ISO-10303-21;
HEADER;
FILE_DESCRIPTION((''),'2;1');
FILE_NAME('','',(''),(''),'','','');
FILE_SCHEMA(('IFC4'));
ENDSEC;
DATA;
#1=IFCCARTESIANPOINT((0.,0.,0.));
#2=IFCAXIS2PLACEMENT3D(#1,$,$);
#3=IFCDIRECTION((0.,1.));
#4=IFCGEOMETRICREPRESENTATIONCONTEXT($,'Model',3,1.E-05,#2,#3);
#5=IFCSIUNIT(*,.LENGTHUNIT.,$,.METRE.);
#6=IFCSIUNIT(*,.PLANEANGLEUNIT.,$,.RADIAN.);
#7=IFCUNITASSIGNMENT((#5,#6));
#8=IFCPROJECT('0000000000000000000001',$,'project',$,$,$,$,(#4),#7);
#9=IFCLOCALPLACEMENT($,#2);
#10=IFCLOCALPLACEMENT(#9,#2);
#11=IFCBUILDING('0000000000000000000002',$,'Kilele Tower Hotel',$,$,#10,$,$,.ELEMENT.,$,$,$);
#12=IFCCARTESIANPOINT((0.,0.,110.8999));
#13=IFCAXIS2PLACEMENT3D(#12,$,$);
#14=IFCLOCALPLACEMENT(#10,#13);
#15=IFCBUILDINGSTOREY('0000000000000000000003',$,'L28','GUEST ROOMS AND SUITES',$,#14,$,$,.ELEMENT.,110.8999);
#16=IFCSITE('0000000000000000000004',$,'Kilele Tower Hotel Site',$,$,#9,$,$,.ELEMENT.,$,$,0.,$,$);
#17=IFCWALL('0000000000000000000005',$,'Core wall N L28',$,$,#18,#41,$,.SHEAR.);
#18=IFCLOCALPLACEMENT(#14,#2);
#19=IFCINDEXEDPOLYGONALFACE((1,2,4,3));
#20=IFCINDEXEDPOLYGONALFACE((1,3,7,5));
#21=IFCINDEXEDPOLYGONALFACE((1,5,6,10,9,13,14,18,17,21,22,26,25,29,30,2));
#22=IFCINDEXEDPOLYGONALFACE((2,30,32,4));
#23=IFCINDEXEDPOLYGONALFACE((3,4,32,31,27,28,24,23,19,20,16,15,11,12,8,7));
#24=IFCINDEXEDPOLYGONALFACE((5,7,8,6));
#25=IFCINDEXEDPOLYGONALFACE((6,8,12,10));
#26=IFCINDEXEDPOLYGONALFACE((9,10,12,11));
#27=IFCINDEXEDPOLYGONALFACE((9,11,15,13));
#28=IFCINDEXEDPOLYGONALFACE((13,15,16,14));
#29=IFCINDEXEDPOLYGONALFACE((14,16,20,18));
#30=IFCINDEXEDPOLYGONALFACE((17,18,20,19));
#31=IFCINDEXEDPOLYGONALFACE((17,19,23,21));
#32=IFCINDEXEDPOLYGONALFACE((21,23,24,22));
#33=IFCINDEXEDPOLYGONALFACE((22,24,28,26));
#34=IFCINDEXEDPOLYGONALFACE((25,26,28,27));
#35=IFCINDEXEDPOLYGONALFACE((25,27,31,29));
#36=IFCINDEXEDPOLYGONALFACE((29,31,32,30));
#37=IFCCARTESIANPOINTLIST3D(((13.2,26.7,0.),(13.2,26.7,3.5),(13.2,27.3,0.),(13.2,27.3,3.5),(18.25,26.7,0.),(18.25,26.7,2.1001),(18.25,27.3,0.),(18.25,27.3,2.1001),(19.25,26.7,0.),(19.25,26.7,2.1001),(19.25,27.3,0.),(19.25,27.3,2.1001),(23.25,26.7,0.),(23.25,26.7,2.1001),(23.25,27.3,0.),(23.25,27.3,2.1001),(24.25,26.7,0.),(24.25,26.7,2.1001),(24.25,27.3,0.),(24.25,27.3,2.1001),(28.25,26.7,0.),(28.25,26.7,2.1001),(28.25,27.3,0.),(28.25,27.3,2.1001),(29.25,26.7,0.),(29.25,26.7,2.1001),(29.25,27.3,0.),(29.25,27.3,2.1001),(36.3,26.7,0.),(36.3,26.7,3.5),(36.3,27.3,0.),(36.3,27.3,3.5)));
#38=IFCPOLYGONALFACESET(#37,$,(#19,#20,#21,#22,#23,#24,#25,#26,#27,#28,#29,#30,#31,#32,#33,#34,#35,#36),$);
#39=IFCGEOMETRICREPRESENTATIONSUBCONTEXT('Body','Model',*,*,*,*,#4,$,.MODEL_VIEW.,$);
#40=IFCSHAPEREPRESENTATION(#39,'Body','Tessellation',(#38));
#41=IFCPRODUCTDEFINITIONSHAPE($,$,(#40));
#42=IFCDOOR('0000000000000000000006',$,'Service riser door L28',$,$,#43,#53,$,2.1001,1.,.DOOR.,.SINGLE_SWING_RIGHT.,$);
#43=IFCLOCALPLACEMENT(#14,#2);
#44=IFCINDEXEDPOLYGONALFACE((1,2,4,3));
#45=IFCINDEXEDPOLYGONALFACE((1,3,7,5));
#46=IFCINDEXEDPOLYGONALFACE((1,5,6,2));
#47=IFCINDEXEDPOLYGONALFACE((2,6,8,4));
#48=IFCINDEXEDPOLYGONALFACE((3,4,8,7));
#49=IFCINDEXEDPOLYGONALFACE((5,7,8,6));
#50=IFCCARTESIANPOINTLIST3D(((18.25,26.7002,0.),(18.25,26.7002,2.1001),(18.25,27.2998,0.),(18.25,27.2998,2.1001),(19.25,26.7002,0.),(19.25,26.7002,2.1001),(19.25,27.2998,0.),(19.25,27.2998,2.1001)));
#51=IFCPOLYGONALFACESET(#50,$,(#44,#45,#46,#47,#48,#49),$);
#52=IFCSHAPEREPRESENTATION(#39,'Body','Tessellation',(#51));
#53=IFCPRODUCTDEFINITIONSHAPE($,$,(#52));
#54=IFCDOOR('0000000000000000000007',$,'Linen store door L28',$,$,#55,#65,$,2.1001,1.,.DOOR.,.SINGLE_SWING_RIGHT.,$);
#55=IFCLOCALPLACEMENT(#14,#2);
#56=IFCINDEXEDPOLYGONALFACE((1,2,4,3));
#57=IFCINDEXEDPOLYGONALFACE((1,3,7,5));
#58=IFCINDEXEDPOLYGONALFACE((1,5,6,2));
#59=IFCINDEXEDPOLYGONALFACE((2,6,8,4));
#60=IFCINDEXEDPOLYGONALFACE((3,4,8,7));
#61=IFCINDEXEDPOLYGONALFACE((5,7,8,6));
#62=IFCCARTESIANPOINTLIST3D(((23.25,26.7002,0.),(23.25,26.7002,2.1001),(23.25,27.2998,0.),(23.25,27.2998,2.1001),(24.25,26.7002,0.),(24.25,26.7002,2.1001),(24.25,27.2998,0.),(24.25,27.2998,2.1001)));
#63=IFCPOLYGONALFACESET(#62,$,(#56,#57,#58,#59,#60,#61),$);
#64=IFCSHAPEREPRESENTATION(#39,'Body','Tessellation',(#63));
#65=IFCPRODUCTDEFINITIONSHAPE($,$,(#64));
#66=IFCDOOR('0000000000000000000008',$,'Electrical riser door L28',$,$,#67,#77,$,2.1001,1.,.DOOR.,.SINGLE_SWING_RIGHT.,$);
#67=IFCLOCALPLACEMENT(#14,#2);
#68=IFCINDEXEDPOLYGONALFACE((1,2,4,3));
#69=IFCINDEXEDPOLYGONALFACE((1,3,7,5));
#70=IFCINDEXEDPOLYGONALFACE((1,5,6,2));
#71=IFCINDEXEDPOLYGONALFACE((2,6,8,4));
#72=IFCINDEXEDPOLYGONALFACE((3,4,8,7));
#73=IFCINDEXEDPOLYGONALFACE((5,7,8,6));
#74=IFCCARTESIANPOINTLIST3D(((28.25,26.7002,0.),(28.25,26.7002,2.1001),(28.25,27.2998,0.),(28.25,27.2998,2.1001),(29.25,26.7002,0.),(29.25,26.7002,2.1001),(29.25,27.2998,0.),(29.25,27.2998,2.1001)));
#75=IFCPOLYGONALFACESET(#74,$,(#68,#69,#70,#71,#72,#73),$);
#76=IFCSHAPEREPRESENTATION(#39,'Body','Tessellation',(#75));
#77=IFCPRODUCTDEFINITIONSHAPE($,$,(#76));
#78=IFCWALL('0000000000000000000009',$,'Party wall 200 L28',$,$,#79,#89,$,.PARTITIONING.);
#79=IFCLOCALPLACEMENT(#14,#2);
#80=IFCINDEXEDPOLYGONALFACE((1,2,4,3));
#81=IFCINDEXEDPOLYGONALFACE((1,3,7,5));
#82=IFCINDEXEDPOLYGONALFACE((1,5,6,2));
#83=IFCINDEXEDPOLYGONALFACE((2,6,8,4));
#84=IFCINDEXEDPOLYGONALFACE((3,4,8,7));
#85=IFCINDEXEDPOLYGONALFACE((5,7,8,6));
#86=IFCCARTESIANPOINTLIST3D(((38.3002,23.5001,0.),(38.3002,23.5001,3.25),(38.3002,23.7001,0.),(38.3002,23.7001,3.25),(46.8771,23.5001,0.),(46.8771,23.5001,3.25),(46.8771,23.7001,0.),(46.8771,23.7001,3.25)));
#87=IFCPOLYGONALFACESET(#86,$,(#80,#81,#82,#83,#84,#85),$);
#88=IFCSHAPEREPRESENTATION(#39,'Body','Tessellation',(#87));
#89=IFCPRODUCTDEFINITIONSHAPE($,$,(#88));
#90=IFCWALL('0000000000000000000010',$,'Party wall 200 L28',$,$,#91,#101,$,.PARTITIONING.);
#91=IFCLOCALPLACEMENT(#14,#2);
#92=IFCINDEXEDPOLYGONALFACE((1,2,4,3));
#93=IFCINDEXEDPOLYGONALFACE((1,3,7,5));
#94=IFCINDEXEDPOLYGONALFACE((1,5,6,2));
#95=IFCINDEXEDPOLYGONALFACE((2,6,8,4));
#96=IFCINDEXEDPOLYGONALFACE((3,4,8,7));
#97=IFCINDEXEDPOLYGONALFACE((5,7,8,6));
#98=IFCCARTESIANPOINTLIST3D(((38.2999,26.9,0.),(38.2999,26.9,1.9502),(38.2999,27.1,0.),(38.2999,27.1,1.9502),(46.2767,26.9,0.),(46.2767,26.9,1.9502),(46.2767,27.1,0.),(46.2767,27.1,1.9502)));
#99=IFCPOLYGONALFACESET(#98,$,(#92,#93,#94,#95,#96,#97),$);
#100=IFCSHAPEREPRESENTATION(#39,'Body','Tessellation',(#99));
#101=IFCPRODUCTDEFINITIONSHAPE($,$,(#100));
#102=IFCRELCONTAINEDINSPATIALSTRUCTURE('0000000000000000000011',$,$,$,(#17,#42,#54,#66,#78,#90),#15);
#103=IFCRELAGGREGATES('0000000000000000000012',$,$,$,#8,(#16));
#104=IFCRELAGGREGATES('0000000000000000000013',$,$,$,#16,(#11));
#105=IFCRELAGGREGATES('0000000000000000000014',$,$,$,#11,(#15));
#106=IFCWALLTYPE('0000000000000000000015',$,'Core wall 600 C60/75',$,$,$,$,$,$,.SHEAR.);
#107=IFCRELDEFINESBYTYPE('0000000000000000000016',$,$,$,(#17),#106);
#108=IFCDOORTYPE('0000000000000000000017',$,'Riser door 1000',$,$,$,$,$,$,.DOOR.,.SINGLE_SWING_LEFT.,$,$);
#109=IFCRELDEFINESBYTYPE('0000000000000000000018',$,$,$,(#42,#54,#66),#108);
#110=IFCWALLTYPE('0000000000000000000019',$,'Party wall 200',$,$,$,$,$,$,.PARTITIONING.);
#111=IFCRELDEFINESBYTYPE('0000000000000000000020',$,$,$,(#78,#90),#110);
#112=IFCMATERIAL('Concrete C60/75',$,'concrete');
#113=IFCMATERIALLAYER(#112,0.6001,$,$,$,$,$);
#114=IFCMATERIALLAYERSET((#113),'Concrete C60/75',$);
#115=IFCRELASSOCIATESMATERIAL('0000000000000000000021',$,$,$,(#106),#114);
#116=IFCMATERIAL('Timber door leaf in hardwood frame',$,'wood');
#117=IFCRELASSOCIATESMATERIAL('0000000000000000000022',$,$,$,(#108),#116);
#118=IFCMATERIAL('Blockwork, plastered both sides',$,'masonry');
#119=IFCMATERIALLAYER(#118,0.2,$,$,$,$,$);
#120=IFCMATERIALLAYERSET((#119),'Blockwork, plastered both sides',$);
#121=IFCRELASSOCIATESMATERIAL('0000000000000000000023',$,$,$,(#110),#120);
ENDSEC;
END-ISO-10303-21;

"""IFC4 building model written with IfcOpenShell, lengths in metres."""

from ifc_helpers import new_model, si_unit, direction, frame, frame_2d, origin, place, context, subcontext, project, spatial, rectangle, extrude, material, layer, layer_set, type_object, element, fill, save


model = new_model("IFC4")

# Units and contexts
model_context = context("Model", 3, precision=1e-05, world=origin(), true_north=direction((0.0, 1.0)))
body_context = subcontext(model_context, "Body", "Model", "MODEL_VIEW")
ifc_project = project(units=[si_unit("LENGTHUNIT", "METRE"), si_unit("PLANEANGLEUNIT", "RADIAN")], contexts=[model_context])

# Site, building, storey
site_placement = place(None, origin())
site = spatial("IfcSite", under=ifc_project, at=site_placement, Name="Kilele Tower Hotel Site", CompositionType="ELEMENT", RefElevation=0.0)
building_placement = place(site_placement, origin())
building = spatial("IfcBuilding", under=site, at=building_placement, Name="Kilele Tower Hotel", CompositionType="ELEMENT")
storey_placement = place(building_placement, frame((0.0, 0.0, 110.8999)))
storey = spatial("IfcBuildingStorey", under=building, at=storey_placement, Name="L28", Description="GUEST ROOMS AND SUITES", CompositionType="ELEMENT", Elevation=110.8999)

# Wall, openings, doors
ifc_material_1 = material(Name="Concrete C60/75", Category="concrete")
ifc_layer_1 = layer(ifc_material_1, 0.6001)
ifc_layer_set_1 = layer_set([ifc_layer_1], Name="Concrete C60/75")
wall_type_1 = type_object("IfcWallType", Name="Core wall 600 C60/75", PredefinedType="SHEAR", material=ifc_layer_set_1)
wall_1_placement = place(storey_placement, frame((36.3, 27.0, 0.0), z_axis=(0.0, 0.0, 1.0), x_axis=(-1.0, 0.0, 0.0)))
wall_1 = element("IfcWall", 1, at=wall_1_placement, inside=storey, type_object=wall_type_1, Name="Core wall N L28", PredefinedType="SHEAR", context=body_context, shape_type="SweptSolid", body=[
    extrude(rectangle(XDim=23.1001, YDim=0.6001, at=frame_2d((11.55, 0.0))), origin(), (0.0, 0.0, 1.0), 3.5),
])
opening_1_placement = place(wall_1_placement, frame((17.05, 0.0, 0.0)))
opening_1 = element("IfcOpeningElement", 2, at=opening_1_placement, cuts=wall_1, PredefinedType="OPENING", context=body_context, shape_type="SweptSolid", body=[
    extrude(rectangle(XDim=1.0, YDim=2.1001, at=frame_2d((0.5, 1.05))), frame((0.0, 0.3101, 0.0), z_axis=(0.0, -1.0, 0.0), x_axis=(1.0, 0.0, 0.0)), (0.0, 0.0, 1.0), 0.6201),
])
opening_2_placement = place(wall_1_placement, frame((12.05, 0.0, 0.0)))
opening_2 = element("IfcOpeningElement", 3, at=opening_2_placement, cuts=wall_1, PredefinedType="OPENING", context=body_context, shape_type="SweptSolid", body=[
    extrude(rectangle(XDim=1.0, YDim=2.1001, at=frame_2d((0.5, 1.05))), frame((0.0, 0.3101, 0.0), z_axis=(0.0, -1.0, 0.0), x_axis=(1.0, 0.0, 0.0)), (0.0, 0.0, 1.0), 0.6201),
])
opening_3_placement = place(wall_1_placement, frame((7.05, 0.0, 0.0)))
opening_3 = element("IfcOpeningElement", 4, at=opening_3_placement, cuts=wall_1, PredefinedType="OPENING", context=body_context, shape_type="SweptSolid", body=[
    extrude(rectangle(XDim=1.0, YDim=2.1001, at=frame_2d((0.5, 1.05))), frame((0.0, 0.3101, 0.0), z_axis=(0.0, -1.0, 0.0), x_axis=(1.0, 0.0, 0.0)), (0.0, 0.0, 1.0), 0.6201),
])
ifc_material_2 = material(Name="Timber door leaf in hardwood frame", Category="wood")
door_type_1 = type_object("IfcDoorType", Name="Riser door 1000", OperationType="SINGLE_SWING_LEFT", PredefinedType="DOOR", material=ifc_material_2)
door_1_placement = place(opening_1_placement, origin())
door_1 = element("IfcDoor", 5, at=door_1_placement, inside=storey, type_object=door_type_1, Name="Service riser door L28", OperationType="SINGLE_SWING_RIGHT", OverallHeight=2.1001, OverallWidth=1.0, PredefinedType="DOOR", context=body_context, shape_type="SweptSolid", body=[
    extrude(rectangle(XDim=1.0, YDim=2.1001, at=frame_2d((0.5, 1.05))), frame((0.0, 0.2998, 0.0), z_axis=(0.0, -1.0, 0.0), x_axis=(1.0, 0.0, 0.0)), (0.0, 0.0, 1.0), 0.5996),
])
fill(opening_1, door_1)
door_2_placement = place(opening_2_placement, origin())
door_2 = element("IfcDoor", 6, at=door_2_placement, inside=storey, type_object=door_type_1, Name="Linen store door L28", OperationType="SINGLE_SWING_RIGHT", OverallHeight=2.1001, OverallWidth=1.0, PredefinedType="DOOR", context=body_context, shape_type="SweptSolid", body=[
    extrude(rectangle(XDim=1.0, YDim=2.1001, at=frame_2d((0.5, 1.05))), frame((0.0, 0.2998, 0.0), z_axis=(0.0, -1.0, 0.0), x_axis=(1.0, 0.0, 0.0)), (0.0, 0.0, 1.0), 0.5996),
])
fill(opening_2, door_2)
door_3_placement = place(opening_3_placement, origin())
door_3 = element("IfcDoor", 7, at=door_3_placement, inside=storey, type_object=door_type_1, Name="Electrical riser door L28", OperationType="SINGLE_SWING_RIGHT", OverallHeight=2.1001, OverallWidth=1.0, PredefinedType="DOOR", context=body_context, shape_type="SweptSolid", body=[
    extrude(rectangle(XDim=1.0, YDim=2.1001, at=frame_2d((0.5, 1.05))), frame((0.0, 0.2998, 0.0), z_axis=(0.0, -1.0, 0.0), x_axis=(1.0, 0.0, 0.0)), (0.0, 0.0, 1.0), 0.5996),
])
fill(opening_3, door_3)

# Walls
ifc_material_3 = material(Name="Blockwork, plastered both sides", Category="masonry")
ifc_layer_2 = layer(ifc_material_3, 0.2)
ifc_layer_set_2 = layer_set([ifc_layer_2], Name="Blockwork, plastered both sides")
wall_type_2 = type_object("IfcWallType", Name="Party wall 200", PredefinedType="PARTITIONING", material=ifc_layer_set_2)
wall_2_placement = place(storey_placement, frame((38.3, 23.6001, 0.0), z_axis=(0.0, 0.0, 1.0), x_axis=(1.0, 0.0, 0.0)))
element("IfcWall", 8, at=wall_2_placement, inside=storey, type_object=wall_type_2, Name="Party wall 200 L28", PredefinedType="PARTITIONING", context=body_context, shape_type="SweptSolid", body=[
    extrude(rectangle(XDim=8.5769, YDim=0.2, at=frame_2d((4.2886, 0.0))), origin(), (0.0, 0.0, 1.0), 3.25),
])
wall_3_placement = place(storey_placement, frame((38.3, 27.0, 0.0), z_axis=(0.0, 0.0, 1.0), x_axis=(1.0, 0.0, 0.0)))
element("IfcWall", 9, at=wall_3_placement, inside=storey, type_object=wall_type_2, Name="Party wall 200 L28", PredefinedType="PARTITIONING", context=body_context, shape_type="SweptSolid", body=[
    extrude(rectangle(XDim=7.9768, YDim=0.2, at=frame_2d((3.9883, 0.0))), origin(), (0.0, 0.0, 1.0), 1.9502),
])

save(model, "model.ifc")
